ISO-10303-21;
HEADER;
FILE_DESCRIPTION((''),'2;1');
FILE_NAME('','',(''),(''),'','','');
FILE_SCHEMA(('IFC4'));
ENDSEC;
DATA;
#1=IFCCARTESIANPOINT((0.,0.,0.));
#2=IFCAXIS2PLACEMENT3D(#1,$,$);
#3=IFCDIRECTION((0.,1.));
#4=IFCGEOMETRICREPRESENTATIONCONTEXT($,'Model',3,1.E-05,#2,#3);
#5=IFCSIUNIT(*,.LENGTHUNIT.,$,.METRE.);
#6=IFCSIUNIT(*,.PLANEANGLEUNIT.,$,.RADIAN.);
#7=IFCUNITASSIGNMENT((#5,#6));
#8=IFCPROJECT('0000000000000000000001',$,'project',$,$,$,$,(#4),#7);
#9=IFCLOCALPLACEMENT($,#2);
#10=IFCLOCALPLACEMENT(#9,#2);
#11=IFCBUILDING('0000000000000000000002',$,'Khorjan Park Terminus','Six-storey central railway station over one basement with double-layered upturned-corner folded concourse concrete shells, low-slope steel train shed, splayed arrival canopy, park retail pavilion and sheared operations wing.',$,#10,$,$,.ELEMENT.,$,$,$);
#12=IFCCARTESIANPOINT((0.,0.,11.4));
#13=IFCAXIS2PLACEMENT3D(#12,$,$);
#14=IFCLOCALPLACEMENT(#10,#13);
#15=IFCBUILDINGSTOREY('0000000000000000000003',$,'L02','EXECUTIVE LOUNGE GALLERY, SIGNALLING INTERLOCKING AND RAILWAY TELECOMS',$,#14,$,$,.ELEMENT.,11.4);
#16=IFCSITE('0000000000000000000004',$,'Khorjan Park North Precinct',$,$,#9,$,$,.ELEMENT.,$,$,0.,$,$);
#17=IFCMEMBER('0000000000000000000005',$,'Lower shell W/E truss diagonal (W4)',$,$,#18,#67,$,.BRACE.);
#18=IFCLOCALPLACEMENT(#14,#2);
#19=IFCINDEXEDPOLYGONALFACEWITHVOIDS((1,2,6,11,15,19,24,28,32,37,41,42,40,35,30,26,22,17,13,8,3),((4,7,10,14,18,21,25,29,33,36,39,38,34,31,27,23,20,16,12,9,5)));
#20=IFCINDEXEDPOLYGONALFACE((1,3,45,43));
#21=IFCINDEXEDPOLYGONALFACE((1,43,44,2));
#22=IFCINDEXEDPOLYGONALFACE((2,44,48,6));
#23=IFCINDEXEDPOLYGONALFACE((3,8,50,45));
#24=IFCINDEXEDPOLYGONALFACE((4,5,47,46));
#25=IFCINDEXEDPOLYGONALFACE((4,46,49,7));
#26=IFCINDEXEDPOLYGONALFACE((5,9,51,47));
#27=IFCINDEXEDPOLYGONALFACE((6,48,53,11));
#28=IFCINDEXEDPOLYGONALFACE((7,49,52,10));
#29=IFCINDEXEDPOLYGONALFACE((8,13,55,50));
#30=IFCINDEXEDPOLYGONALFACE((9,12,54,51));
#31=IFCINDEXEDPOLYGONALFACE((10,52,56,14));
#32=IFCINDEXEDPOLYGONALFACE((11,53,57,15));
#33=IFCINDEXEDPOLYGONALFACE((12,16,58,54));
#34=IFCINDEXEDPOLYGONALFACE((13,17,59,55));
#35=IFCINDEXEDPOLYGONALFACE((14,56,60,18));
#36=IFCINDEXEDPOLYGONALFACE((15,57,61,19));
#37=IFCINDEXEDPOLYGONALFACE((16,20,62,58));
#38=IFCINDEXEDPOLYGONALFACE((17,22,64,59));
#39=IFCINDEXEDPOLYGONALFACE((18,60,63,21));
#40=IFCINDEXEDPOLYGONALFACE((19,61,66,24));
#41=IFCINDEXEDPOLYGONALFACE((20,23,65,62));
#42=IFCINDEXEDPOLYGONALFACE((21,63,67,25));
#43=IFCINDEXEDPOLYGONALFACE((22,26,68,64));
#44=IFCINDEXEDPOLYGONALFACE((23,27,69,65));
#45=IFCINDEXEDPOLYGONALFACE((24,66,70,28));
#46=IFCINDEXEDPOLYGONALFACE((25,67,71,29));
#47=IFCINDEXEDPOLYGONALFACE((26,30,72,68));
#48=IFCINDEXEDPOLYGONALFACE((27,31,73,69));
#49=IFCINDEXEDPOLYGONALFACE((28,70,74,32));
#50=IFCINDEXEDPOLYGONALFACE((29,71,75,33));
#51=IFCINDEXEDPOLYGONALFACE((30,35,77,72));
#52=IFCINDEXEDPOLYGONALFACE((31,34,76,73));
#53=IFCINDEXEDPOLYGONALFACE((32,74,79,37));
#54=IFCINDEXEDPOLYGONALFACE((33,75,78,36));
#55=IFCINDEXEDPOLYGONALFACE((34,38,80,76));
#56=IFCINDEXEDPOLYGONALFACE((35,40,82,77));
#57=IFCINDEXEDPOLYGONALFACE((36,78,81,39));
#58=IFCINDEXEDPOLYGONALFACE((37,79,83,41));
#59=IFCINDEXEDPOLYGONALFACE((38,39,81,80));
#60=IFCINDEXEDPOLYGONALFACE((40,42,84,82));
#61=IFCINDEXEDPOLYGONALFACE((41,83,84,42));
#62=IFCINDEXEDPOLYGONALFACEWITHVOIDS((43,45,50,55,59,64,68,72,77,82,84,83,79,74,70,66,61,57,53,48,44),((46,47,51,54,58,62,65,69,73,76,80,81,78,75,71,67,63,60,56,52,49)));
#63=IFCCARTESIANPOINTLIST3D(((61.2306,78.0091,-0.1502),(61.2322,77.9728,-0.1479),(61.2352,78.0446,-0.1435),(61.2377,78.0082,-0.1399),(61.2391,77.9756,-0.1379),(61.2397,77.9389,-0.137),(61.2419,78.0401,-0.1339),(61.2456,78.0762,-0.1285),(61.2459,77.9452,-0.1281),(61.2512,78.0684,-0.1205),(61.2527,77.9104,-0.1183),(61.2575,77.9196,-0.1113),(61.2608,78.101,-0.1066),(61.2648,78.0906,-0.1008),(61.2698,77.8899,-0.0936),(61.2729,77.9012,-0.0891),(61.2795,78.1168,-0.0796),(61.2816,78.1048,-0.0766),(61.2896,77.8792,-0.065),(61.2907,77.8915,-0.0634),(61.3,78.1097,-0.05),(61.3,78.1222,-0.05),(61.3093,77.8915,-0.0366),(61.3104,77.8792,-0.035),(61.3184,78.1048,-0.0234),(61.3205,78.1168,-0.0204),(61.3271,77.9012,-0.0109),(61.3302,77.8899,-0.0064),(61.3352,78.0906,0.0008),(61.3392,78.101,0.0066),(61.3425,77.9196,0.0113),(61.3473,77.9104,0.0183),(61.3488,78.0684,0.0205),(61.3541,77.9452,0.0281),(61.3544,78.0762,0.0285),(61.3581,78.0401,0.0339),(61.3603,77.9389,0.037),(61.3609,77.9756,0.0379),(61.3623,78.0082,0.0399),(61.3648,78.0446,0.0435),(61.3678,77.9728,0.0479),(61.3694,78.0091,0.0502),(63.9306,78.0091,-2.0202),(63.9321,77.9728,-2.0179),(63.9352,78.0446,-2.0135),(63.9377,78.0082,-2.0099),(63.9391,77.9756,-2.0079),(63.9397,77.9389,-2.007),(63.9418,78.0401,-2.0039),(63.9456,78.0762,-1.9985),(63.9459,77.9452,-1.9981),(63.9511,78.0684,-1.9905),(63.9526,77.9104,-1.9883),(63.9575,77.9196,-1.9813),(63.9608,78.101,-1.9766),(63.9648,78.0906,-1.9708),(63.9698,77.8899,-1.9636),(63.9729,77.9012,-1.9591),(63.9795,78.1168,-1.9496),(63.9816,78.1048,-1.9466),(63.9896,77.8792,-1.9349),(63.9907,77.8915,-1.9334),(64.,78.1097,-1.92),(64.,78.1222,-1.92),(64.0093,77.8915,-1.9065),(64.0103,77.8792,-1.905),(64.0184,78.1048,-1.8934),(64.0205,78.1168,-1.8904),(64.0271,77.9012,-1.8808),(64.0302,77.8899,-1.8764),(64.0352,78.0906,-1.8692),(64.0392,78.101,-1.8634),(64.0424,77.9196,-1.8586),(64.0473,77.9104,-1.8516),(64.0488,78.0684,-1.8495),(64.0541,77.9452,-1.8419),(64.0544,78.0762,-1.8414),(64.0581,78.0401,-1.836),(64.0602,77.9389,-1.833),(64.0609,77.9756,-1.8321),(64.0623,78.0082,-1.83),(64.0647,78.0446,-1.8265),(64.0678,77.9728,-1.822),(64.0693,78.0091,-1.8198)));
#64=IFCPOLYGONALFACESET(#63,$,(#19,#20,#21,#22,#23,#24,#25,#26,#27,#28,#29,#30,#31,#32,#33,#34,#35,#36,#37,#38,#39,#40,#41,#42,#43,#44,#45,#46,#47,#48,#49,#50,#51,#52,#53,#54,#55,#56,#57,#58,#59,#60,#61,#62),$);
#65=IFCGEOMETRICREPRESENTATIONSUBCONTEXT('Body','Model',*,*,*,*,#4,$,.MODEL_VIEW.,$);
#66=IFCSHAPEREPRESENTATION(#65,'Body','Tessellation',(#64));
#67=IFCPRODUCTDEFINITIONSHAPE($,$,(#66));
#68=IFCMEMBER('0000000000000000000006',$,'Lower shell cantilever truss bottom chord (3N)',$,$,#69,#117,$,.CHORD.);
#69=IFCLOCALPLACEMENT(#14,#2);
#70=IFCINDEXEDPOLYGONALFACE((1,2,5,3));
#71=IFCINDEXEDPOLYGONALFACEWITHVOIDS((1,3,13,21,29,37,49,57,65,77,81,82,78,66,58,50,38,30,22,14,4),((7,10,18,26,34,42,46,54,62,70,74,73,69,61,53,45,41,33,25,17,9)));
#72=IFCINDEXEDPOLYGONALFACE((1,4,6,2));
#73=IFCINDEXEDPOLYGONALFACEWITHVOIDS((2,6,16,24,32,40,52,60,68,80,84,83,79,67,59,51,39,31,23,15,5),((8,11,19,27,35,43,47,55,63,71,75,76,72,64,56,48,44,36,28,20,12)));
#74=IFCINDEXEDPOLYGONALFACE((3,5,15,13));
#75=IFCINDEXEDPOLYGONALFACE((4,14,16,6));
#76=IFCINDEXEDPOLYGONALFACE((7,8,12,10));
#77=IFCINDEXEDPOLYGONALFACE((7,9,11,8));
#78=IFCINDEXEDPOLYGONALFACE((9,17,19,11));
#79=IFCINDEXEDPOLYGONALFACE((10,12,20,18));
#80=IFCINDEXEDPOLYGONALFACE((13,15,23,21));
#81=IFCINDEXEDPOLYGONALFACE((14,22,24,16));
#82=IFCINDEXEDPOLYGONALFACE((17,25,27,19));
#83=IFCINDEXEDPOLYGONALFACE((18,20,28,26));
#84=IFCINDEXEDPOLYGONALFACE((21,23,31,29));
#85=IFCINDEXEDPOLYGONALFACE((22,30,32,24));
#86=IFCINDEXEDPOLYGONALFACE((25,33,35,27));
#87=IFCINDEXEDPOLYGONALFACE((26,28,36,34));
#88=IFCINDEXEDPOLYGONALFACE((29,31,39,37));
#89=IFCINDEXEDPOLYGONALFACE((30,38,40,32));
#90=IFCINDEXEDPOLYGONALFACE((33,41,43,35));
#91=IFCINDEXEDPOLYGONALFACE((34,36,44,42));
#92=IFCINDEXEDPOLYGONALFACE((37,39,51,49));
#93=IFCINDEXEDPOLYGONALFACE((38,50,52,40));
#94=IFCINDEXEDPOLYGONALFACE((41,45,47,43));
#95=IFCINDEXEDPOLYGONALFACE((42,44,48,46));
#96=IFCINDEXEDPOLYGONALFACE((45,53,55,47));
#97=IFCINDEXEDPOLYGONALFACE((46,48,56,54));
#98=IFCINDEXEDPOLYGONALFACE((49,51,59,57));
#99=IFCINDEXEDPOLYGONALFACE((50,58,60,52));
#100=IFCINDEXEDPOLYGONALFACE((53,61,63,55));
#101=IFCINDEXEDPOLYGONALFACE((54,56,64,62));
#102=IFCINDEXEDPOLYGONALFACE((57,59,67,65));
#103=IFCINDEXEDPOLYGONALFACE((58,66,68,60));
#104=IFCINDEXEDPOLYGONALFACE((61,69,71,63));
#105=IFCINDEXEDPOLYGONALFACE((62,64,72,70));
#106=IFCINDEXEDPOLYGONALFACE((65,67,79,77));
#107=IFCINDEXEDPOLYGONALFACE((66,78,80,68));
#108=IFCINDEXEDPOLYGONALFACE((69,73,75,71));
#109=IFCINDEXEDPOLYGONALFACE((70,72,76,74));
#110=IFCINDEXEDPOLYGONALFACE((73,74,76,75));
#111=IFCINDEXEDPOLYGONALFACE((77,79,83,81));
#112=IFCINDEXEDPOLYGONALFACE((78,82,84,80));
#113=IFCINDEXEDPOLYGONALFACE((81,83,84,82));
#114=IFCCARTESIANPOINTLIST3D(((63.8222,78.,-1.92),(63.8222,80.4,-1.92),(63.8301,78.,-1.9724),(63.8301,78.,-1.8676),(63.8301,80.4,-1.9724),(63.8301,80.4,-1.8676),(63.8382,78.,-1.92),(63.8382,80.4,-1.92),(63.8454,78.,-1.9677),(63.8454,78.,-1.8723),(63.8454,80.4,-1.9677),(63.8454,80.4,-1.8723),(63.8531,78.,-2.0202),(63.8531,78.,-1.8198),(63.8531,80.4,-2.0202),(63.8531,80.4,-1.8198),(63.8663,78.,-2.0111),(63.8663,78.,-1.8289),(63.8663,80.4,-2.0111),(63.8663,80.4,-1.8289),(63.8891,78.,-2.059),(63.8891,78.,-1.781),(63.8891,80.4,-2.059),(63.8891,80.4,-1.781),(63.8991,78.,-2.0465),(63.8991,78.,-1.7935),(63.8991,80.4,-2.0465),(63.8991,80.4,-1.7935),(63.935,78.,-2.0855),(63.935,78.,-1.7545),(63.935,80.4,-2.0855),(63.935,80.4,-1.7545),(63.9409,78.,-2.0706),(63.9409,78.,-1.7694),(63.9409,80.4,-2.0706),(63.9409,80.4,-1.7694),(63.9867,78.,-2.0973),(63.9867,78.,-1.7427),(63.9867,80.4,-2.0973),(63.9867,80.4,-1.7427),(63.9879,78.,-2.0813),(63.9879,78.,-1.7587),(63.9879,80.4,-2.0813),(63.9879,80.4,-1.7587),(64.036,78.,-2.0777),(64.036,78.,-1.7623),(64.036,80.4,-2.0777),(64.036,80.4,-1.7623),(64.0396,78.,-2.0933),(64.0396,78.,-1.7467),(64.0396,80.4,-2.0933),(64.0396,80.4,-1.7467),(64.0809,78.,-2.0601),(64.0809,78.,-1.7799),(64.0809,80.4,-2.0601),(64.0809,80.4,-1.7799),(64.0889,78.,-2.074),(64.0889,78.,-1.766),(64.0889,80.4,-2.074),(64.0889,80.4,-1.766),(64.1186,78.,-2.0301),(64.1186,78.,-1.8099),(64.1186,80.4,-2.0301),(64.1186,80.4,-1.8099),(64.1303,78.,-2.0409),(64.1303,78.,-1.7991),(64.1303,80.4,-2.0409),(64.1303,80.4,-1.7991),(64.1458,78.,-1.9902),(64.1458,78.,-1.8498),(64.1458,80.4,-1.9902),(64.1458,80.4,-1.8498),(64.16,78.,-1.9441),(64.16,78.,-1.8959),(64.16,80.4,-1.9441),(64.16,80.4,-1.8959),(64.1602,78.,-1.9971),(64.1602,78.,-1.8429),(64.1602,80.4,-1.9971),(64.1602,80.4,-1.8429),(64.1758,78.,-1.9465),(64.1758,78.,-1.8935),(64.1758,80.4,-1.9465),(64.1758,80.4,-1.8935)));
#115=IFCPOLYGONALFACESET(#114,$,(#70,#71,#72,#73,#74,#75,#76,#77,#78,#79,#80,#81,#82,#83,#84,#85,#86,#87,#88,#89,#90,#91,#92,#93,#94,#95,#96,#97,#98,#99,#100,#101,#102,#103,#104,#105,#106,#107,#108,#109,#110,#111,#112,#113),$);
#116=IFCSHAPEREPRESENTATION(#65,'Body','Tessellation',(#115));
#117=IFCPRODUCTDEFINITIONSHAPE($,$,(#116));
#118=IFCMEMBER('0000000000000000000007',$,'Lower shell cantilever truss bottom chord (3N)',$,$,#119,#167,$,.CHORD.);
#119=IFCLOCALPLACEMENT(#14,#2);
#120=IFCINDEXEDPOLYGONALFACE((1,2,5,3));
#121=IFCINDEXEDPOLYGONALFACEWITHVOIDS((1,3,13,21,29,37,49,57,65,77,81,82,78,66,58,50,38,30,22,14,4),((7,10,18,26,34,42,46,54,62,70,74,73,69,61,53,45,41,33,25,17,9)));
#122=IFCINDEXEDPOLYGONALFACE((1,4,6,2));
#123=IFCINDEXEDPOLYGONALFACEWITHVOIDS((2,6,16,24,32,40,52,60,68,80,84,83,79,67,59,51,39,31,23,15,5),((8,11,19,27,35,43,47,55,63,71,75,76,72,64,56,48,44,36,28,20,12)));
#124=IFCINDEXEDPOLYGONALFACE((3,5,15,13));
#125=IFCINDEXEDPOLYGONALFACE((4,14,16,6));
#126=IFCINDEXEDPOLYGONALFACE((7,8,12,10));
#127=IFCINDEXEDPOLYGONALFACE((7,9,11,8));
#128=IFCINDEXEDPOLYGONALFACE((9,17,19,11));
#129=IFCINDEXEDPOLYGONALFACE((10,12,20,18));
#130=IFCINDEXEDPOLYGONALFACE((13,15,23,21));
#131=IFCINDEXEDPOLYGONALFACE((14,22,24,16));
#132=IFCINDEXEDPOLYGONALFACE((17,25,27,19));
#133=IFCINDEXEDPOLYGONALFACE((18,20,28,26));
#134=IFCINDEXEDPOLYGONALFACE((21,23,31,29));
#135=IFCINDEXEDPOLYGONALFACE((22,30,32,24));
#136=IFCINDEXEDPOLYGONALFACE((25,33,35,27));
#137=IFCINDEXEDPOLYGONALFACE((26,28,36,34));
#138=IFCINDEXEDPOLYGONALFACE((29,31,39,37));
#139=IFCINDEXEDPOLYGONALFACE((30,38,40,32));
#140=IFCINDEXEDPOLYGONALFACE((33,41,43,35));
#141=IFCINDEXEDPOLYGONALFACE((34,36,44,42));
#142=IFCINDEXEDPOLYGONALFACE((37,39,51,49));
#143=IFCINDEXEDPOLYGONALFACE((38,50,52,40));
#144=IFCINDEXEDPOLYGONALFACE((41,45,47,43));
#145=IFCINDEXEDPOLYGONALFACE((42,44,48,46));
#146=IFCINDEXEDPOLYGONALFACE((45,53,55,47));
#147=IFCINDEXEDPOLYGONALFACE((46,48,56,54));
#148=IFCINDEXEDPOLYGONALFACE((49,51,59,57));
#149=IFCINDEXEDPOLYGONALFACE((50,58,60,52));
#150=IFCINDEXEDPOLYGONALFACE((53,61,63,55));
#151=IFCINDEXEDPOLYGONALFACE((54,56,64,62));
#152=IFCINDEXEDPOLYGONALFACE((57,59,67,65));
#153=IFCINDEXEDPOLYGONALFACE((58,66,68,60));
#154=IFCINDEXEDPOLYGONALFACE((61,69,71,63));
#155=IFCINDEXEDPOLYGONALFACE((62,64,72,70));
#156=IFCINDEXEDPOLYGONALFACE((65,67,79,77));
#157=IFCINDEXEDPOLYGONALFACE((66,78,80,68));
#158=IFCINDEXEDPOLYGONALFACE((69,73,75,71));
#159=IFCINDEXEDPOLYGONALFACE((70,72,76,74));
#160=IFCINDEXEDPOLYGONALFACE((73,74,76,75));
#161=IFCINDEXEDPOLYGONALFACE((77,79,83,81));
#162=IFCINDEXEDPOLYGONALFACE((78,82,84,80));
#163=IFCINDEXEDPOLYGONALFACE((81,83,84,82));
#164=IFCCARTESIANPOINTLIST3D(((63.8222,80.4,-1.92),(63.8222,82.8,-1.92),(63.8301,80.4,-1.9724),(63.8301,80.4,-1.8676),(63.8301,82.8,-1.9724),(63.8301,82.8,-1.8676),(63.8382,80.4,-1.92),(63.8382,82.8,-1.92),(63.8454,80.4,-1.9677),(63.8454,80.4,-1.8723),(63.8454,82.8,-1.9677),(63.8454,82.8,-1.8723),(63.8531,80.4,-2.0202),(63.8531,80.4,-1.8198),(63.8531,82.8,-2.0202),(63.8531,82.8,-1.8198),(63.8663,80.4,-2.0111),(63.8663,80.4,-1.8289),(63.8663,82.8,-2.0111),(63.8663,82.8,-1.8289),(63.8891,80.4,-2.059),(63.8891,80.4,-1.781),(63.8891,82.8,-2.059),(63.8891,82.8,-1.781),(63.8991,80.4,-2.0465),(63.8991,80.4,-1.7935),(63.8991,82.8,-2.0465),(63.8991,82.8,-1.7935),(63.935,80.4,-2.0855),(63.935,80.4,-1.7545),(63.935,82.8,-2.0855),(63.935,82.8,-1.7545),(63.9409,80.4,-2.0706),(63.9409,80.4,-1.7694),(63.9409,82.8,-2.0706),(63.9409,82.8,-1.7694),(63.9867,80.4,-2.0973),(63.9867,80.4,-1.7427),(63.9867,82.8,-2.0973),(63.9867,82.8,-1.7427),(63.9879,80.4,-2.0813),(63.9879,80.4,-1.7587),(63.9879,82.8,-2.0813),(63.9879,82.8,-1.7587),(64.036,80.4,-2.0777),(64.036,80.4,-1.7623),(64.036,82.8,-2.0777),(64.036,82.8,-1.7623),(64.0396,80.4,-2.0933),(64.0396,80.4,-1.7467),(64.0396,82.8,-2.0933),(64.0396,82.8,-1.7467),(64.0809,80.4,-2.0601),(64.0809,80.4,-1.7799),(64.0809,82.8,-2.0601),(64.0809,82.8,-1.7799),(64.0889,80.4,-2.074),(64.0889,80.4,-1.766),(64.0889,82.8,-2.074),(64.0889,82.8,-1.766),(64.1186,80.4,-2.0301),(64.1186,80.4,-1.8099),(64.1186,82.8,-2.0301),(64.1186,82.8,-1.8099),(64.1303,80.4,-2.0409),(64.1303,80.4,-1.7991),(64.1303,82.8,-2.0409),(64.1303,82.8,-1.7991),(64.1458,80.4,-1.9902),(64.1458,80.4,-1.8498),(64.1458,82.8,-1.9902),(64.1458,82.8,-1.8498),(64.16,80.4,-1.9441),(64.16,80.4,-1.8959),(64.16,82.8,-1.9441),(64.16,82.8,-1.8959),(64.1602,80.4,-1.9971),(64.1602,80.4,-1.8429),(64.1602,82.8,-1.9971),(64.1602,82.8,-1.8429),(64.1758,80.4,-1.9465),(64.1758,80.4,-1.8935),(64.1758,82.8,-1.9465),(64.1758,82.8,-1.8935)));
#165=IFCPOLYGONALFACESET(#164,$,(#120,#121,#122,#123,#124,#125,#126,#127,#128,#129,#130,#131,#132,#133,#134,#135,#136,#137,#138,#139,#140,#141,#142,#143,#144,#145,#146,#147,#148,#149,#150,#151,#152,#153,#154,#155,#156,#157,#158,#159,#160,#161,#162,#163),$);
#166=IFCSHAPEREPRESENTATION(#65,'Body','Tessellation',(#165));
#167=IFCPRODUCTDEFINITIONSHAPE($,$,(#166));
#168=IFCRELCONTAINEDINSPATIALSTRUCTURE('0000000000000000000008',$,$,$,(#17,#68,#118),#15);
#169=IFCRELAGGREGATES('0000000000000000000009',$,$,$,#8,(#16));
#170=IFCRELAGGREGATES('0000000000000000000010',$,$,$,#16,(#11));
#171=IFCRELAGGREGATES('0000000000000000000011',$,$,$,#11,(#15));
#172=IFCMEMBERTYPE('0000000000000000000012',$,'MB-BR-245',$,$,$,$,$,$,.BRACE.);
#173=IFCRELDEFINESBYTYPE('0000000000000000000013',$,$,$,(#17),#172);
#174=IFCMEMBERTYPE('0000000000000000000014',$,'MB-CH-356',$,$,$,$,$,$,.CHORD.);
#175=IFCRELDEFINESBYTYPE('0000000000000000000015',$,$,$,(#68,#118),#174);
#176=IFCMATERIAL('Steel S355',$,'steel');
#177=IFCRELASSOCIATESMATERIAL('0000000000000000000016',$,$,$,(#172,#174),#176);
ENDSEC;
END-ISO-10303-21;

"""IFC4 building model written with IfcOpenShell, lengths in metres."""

from ifc_helpers import new_model, si_unit, direction, frame, origin, origin_2d, place, context, subcontext, project, spatial, hollow_circle, extrude, material, material_profile, profile_set, type_object, element, save


model = new_model("IFC4")

# Units and contexts
model_context = context("Model", 3, precision=1e-05, world=origin(), true_north=direction((0.0, 1.0)))
body_context = subcontext(model_context, "Body", "Model", "MODEL_VIEW")
ifc_project = project(units=[si_unit("LENGTHUNIT", "METRE"), si_unit("PLANEANGLEUNIT", "RADIAN")], contexts=[model_context])

# Site, building, storey
site_placement = place(None, origin())
site = spatial("IfcSite", under=ifc_project, at=site_placement, Name="Khorjan Park North Precinct", CompositionType="ELEMENT", RefElevation=0.0)
building_placement = place(site_placement, origin())
building = spatial("IfcBuilding", under=site, at=building_placement, Name="Khorjan Park Terminus", Description="Six-storey central railway station over one basement with double-layered upturned-corner folded concourse concrete shells, low-slope steel train shed, splayed arrival canopy, park retail pavilion and sheared operations wing.", CompositionType="ELEMENT")
storey_placement = place(building_placement, frame((0.0, 0.0, 11.4)))
storey = spatial("IfcBuildingStorey", under=building, at=storey_placement, Name="L02", Description="EXECUTIVE LOUNGE GALLERY, SIGNALLING INTERLOCKING AND RAILWAY TELECOMS", CompositionType="ELEMENT", Elevation=11.4)

# Shared definitions
ifc_material_1 = material(Name="Steel S355", Category="steel")

# Members
ifc_material_profile_1 = material_profile(ifc_material_1, hollow_circle(Radius=0.1222, WallThickness=0.0125, at=origin_2d()), Name="CHS 244.5x12.5")
ifc_profile_set_1 = profile_set([ifc_material_profile_1], Name="Steel S355")
member_type_1 = type_object("IfcMemberType", Name="MB-BR-245", PredefinedType="BRACE", material=ifc_profile_set_1)
member_1_placement = place(storey_placement, frame((61.3, 78.0, -0.05), z_axis=(0.822083, 0.0, -0.569368), x_axis=(0.0, 1.0, 0.0)))
element("IfcMember", 1, at=member_1_placement, inside=storey, type_object=member_type_1, Name="Lower shell W/E truss diagonal (W4)", PredefinedType="BRACE", context=body_context, shape_type="SweptSolid", body=[
    extrude(hollow_circle(Radius=0.1222, WallThickness=0.0125, at=origin_2d()), origin(), (0.0, 0.0, 1.0), 3.2843),
])
ifc_material_profile_2 = material_profile(ifc_material_1, hollow_circle(Radius=0.1778, WallThickness=0.016, at=origin_2d()), Name="CHS 355.6x16")
ifc_profile_set_2 = profile_set([ifc_material_profile_2], Name="Steel S355")
member_type_2 = type_object("IfcMemberType", Name="MB-CH-356", PredefinedType="CHORD", material=ifc_profile_set_2)
for number, where, z_axis, x_axis, name in (
    (2, (64.0, 78.0, -1.92), (0.0, 1.0, 0.0), (-1.0, 0.0, 0.0), "Lower shell cantilever truss bottom chord (3N)"),
    (3, (64.0, 80.4, -1.92), (0.0, 1.0, 0.0), (-1.0, 0.0, 0.0), "Lower shell cantilever truss bottom chord (3N)"),
):
    element("IfcMember", number, at=place(storey_placement, frame(where, z_axis=z_axis, x_axis=x_axis)), inside=storey, type_object=member_type_2, Name=name, PredefinedType="CHORD", context=body_context, shape_type="SweptSolid", body=[
        extrude(hollow_circle(Radius=0.1778, WallThickness=0.016, at=origin_2d()), origin(), (0.0, 0.0, 1.0), 2.4),
    ])

save(model, "model.ifc")
